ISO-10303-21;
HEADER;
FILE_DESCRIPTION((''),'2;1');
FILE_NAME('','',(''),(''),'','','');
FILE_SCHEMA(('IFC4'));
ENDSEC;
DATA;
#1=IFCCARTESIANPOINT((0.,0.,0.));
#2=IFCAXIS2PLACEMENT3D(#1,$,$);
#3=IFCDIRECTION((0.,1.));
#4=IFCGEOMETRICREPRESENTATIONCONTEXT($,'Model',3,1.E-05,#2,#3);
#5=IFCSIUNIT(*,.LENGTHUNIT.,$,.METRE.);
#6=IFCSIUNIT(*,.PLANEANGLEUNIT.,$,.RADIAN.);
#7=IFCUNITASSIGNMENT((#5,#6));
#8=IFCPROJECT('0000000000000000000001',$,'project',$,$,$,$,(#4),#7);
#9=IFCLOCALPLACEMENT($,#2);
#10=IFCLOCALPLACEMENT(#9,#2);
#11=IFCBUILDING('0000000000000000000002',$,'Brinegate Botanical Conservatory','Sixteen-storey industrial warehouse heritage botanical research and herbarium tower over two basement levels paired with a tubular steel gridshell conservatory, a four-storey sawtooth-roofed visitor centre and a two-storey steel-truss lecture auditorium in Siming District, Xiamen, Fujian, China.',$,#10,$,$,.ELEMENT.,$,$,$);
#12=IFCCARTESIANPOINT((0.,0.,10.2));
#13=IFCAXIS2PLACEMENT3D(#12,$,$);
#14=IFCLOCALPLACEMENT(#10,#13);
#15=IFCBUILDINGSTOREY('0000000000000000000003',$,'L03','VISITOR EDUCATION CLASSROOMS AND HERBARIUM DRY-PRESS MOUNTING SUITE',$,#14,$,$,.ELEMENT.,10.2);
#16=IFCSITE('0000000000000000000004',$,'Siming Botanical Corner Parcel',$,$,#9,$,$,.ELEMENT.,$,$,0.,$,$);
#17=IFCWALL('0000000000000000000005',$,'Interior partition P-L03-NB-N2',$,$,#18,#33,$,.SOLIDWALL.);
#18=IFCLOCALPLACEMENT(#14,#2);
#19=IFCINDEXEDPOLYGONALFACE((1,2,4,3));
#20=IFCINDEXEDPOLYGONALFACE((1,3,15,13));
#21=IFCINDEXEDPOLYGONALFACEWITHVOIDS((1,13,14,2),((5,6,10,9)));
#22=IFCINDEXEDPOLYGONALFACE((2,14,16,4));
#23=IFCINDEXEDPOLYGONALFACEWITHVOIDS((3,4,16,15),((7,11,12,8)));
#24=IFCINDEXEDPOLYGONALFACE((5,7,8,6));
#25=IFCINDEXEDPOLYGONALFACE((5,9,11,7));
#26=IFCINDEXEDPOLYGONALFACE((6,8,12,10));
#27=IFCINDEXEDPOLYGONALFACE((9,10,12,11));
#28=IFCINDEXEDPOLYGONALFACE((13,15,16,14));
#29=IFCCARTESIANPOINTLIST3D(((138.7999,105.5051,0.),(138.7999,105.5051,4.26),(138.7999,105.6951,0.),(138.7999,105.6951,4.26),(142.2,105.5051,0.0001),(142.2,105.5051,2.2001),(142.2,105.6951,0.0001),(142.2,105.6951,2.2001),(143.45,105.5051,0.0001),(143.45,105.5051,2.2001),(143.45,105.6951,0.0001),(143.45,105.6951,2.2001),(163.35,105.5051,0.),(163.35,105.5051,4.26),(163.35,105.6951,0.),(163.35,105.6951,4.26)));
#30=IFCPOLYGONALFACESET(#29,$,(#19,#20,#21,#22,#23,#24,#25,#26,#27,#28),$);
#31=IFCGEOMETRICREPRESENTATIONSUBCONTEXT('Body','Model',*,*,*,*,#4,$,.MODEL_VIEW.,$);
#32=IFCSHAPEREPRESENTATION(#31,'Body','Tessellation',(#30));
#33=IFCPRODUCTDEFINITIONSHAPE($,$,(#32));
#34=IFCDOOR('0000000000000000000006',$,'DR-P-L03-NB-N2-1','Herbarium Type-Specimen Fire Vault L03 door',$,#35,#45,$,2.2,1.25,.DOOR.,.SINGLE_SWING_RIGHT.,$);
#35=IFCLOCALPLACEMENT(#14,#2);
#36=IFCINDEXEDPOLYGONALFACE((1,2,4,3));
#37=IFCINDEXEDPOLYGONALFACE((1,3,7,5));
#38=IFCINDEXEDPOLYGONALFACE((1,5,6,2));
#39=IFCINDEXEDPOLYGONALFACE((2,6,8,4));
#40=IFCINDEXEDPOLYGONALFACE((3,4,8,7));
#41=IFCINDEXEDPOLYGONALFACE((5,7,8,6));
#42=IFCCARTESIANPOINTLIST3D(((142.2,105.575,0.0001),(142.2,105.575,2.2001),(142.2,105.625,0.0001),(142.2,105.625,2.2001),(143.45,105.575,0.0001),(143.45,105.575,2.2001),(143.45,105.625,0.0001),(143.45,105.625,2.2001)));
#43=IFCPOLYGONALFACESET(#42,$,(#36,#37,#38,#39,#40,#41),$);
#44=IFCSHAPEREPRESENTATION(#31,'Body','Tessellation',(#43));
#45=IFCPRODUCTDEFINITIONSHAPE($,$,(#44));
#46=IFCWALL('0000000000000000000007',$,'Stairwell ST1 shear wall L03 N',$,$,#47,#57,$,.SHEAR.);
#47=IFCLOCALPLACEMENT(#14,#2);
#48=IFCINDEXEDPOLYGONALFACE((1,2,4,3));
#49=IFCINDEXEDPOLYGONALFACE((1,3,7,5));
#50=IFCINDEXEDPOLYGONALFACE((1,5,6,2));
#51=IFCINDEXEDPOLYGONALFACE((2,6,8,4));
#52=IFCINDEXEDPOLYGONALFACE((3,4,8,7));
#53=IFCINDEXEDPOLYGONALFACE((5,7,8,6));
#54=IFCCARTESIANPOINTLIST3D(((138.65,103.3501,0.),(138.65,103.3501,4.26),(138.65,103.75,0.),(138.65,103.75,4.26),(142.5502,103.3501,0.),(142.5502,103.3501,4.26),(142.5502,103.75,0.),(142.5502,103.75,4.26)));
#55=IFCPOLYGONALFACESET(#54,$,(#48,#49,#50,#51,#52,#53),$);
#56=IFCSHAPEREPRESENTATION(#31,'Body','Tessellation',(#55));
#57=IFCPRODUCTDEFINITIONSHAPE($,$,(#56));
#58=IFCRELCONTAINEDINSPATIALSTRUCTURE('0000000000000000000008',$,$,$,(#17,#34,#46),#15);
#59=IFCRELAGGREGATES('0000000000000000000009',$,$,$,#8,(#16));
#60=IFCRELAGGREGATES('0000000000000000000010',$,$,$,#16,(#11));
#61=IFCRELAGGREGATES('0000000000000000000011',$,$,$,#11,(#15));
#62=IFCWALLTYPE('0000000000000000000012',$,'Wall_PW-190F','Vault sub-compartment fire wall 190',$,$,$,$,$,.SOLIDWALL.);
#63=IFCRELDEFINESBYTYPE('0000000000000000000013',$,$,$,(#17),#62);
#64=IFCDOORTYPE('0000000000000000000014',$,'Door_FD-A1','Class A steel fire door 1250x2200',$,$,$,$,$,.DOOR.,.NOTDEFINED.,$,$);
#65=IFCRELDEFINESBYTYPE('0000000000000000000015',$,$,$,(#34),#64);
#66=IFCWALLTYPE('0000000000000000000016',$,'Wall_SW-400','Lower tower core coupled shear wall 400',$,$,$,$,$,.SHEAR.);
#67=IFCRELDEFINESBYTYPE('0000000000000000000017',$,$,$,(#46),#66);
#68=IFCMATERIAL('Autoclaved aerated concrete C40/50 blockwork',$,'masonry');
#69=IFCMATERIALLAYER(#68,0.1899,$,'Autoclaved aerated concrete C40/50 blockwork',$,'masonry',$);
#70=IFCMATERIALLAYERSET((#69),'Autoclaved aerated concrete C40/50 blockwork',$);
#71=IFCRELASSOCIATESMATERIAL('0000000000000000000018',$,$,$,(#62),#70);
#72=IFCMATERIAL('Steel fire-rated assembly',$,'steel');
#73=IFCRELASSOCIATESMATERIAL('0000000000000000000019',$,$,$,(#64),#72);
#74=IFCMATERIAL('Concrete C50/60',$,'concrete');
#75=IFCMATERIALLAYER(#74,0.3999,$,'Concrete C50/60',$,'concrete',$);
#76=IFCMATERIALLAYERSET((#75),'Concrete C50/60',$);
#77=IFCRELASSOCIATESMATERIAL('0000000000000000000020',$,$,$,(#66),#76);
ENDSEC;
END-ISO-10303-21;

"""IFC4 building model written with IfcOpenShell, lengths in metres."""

from ifc_helpers import new_model, si_unit, direction, frame, frame_2d, origin, place, context, subcontext, project, spatial, rectangle, extrude, material, layer, layer_set, type_object, element, fill, save


model = new_model("IFC4")

# Units and contexts
model_context = context("Model", 3, precision=1e-05, world=origin(), true_north=direction((0.0, 1.0)))
body_context = subcontext(model_context, "Body", "Model", "MODEL_VIEW")
ifc_project = project(units=[si_unit("LENGTHUNIT", "METRE"), si_unit("PLANEANGLEUNIT", "RADIAN")], contexts=[model_context])

# Site, building, storey
site_placement = place(None, origin())
site = spatial("IfcSite", under=ifc_project, at=site_placement, Name="Siming Botanical Corner Parcel", CompositionType="ELEMENT", RefElevation=0.0)
building_placement = place(site_placement, origin())
building = spatial("IfcBuilding", under=site, at=building_placement, Name="Brinegate Botanical Conservatory", Description="Sixteen-storey industrial warehouse heritage botanical research and herbarium tower over two basement levels paired with a tubular steel gridshell conservatory, a four-storey sawtooth-roofed visitor centre and a two-storey steel-truss lecture auditorium in Siming District, Xiamen, Fujian, China.", CompositionType="ELEMENT")
storey_placement = place(building_placement, frame((0.0, 0.0, 10.2)))
storey = spatial("IfcBuildingStorey", under=building, at=storey_placement, Name="L03", Description="VISITOR EDUCATION CLASSROOMS AND HERBARIUM DRY-PRESS MOUNTING SUITE", CompositionType="ELEMENT", Elevation=10.2)

# Shared definitions
ifc_material_1 = material(Name="Concrete C50/60", Category="concrete")

# Shared definitions
ifc_material_2 = material(Name="Autoclaved aerated concrete C40/50 blockwork", Category="masonry")

# Wall, opening, door
ifc_layer_1 = layer(ifc_material_2, 0.1899, Name="Autoclaved aerated concrete C40/50 blockwork", Category="masonry")
ifc_layer_set_1 = layer_set([ifc_layer_1], Name="Autoclaved aerated concrete C40/50 blockwork")
wall_type_1 = type_object("IfcWallType", Name="Wall_PW-190F", Description="Vault sub-compartment fire wall 190", PredefinedType="SOLIDWALL", material=ifc_layer_set_1)
wall_1_placement = place(storey_placement, frame((138.8, 105.6001, 0.0), z_axis=(0.0, 0.0, 1.0), x_axis=(1.0, 0.0, 0.0)))
wall_1 = element("IfcWall", 1, at=wall_1_placement, inside=storey, type_object=wall_type_1, Name="Interior partition P-L03-NB-N2", PredefinedType="SOLIDWALL", context=body_context, shape_type="SweptSolid", body=[
    extrude(rectangle(XDim=24.55, YDim=0.1899, at=frame_2d((12.2749, 0.0))), origin(), (0.0, 0.0, 1.0), 4.26),
])
opening_1_placement = place(wall_1_placement, frame((3.3999, 0.0, 0.0)))
opening_1 = element("IfcOpeningElement", 2, at=opening_1_placement, cuts=wall_1, PredefinedType="OPENING", context=body_context, shape_type="SweptSolid", body=[
    extrude(rectangle(XDim=1.25, YDim=2.2, at=frame_2d((0.625, 1.1001))), frame((0.0, 0.105, 0.0), z_axis=(0.0, -1.0, 0.0), x_axis=(1.0, 0.0, 0.0)), (0.0, 0.0, 1.0), 0.21),
])
ifc_material_3 = material(Name="Steel fire-rated assembly", Category="steel")
door_type = type_object("IfcDoorType", Name="Door_FD-A1", Description="Class A steel fire door 1250x2200", OperationType="NOTDEFINED", PredefinedType="DOOR", material=ifc_material_3)
door_placement = place(opening_1_placement, origin())
door = element("IfcDoor", 3, at=door_placement, inside=storey, type_object=door_type, Name="DR-P-L03-NB-N2-1", Description="Herbarium Type-Specimen Fire Vault L03 door", OperationType="SINGLE_SWING_RIGHT", OverallHeight=2.2, OverallWidth=1.25, PredefinedType="DOOR", context=body_context, shape_type="SweptSolid", body=[
    extrude(rectangle(XDim=1.25, YDim=2.2, at=frame_2d((0.625, 1.1001))), frame((0.0, 0.0249, 0.0), z_axis=(0.0, -1.0, 0.0), x_axis=(1.0, 0.0, 0.0)), (0.0, 0.0, 1.0), 0.05),
])
fill(opening_1, door)

# Wall
ifc_layer_2 = layer(ifc_material_1, 0.3999, Name="Concrete C50/60", Category="concrete")
ifc_layer_set_2 = layer_set([ifc_layer_2], Name="Concrete C50/60")
wall_type_2 = type_object("IfcWallType", Name="Wall_SW-400", Description="Lower tower core coupled shear wall 400", PredefinedType="SHEAR", material=ifc_layer_set_2)
wall_2_placement = place(storey_placement, frame((138.6499, 103.55, 0.0), z_axis=(0.0, 0.0, 1.0), x_axis=(1.0, 0.0, 0.0)))
element("IfcWall", 4, at=wall_2_placement, inside=storey, type_object=wall_type_2, Name="Stairwell ST1 shear wall L03 N", PredefinedType="SHEAR", context=body_context, shape_type="SweptSolid", body=[
    extrude(rectangle(XDim=3.9001, YDim=0.3999, at=frame_2d((1.9502, 0.0))), origin(), (0.0, 0.0, 1.0), 4.26),
])

save(model, "model.ifc")
